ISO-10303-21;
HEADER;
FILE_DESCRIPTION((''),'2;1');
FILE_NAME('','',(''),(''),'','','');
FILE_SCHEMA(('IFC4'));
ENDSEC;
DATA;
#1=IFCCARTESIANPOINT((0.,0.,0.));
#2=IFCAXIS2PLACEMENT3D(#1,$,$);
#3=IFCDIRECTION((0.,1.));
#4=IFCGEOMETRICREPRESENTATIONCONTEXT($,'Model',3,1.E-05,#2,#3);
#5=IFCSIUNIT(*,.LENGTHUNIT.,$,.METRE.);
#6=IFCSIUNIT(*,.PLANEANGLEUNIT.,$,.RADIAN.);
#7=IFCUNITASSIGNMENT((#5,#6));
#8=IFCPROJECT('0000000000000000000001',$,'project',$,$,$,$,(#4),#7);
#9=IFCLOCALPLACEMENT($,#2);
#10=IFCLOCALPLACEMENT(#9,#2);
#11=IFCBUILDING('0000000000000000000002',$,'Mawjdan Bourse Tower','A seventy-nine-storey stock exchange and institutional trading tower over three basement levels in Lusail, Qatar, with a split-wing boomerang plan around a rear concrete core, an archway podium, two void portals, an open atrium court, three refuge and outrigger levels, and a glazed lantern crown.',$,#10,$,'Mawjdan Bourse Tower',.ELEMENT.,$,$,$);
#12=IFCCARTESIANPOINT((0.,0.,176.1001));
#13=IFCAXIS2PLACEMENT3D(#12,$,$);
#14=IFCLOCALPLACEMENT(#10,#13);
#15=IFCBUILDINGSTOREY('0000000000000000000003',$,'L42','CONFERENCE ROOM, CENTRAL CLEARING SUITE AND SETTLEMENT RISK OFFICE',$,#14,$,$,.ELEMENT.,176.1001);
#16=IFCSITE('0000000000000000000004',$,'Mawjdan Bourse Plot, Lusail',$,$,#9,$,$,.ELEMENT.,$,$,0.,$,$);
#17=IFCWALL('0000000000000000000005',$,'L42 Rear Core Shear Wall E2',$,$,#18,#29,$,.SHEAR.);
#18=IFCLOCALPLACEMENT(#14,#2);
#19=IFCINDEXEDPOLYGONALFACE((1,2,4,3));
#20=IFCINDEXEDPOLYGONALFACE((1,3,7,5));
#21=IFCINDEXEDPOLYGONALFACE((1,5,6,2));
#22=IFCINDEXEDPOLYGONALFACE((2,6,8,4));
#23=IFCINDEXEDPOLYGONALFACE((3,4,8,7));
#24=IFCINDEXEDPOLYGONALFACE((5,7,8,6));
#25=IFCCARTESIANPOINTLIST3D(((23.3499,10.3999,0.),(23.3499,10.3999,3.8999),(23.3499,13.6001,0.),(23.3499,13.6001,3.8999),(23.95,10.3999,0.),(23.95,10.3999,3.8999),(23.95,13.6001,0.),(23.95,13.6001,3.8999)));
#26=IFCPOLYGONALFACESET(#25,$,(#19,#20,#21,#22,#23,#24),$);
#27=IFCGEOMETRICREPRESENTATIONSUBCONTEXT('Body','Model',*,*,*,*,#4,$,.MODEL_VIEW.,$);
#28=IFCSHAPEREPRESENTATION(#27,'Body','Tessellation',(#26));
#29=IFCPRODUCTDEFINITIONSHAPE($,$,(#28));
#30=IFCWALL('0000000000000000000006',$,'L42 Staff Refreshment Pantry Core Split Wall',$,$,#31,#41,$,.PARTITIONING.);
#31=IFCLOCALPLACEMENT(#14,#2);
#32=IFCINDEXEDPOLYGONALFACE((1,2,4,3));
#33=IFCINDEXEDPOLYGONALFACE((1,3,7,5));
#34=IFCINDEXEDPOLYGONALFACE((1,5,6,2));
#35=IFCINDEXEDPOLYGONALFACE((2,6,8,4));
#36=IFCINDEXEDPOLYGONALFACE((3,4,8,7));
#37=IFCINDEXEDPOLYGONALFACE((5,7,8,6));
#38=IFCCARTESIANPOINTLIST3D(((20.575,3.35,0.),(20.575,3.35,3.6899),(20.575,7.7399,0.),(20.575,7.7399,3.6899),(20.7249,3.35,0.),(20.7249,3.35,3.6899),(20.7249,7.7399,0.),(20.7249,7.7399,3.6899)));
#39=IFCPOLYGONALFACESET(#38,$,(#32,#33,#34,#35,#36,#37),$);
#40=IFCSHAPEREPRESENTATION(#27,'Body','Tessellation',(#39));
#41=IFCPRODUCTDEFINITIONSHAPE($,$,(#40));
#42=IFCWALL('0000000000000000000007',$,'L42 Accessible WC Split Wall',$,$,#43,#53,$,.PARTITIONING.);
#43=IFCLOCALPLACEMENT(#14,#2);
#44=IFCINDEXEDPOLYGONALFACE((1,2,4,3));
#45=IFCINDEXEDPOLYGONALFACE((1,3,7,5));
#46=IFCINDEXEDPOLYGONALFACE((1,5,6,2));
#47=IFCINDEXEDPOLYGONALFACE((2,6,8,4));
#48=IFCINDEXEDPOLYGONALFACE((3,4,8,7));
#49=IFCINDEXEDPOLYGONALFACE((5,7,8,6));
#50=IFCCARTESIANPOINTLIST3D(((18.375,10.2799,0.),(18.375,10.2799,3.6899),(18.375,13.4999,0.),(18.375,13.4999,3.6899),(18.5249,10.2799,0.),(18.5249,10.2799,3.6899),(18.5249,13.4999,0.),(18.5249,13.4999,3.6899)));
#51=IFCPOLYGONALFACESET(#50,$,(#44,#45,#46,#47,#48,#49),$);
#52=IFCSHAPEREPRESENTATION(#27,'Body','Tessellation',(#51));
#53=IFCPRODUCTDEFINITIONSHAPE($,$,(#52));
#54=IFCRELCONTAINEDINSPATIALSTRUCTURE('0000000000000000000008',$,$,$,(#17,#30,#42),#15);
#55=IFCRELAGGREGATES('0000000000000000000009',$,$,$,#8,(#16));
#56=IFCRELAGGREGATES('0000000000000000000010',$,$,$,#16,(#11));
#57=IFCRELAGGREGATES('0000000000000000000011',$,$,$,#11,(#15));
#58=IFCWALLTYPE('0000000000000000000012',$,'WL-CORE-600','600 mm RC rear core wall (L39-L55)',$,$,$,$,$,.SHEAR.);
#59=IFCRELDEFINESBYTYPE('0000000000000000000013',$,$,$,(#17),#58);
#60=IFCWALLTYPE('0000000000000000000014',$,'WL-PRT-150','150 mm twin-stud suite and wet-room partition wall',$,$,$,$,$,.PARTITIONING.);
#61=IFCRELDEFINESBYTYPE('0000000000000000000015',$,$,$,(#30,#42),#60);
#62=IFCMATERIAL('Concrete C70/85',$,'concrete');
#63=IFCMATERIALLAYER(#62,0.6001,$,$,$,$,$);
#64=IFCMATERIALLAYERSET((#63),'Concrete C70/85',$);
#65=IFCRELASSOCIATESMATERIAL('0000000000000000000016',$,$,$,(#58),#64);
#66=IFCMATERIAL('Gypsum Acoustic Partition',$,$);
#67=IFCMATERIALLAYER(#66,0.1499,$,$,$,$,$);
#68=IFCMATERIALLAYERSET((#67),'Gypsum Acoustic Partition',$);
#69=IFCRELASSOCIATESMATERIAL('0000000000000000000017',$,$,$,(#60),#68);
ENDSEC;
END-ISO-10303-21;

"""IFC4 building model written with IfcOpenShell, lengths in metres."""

from ifc_helpers import new_model, si_unit, direction, frame, frame_2d, origin, place, context, subcontext, project, spatial, rectangle, extrude, material, layer, layer_set, type_object, element, save


model = new_model("IFC4")

# Units and contexts
model_context = context("Model", 3, precision=1e-05, world=origin(), true_north=direction((0.0, 1.0)))
body_context = subcontext(model_context, "Body", "Model", "MODEL_VIEW")
ifc_project = project(units=[si_unit("LENGTHUNIT", "METRE"), si_unit("PLANEANGLEUNIT", "RADIAN")], contexts=[model_context])

# Site, building, storey
site_placement = place(None, origin())
site = spatial("IfcSite", under=ifc_project, at=site_placement, Name="Mawjdan Bourse Plot, Lusail", CompositionType="ELEMENT", RefElevation=0.0)
building_placement = place(site_placement, origin())
building = spatial("IfcBuilding", under=site, at=building_placement, Name="Mawjdan Bourse Tower", Description="A seventy-nine-storey stock exchange and institutional trading tower over three basement levels in Lusail, Qatar, with a split-wing boomerang plan around a rear concrete core, an archway podium, two void portals, an open atrium court, three refuge and outrigger levels, and a glazed lantern crown.", LongName="Mawjdan Bourse Tower", CompositionType="ELEMENT")
storey_placement = place(building_placement, frame((0.0, 0.0, 176.1001)))
storey = spatial("IfcBuildingStorey", under=building, at=storey_placement, Name="L42", Description="CONFERENCE ROOM, CENTRAL CLEARING SUITE AND SETTLEMENT RISK OFFICE", CompositionType="ELEMENT", Elevation=176.1001)

# Shared definitions
ifc_material_1 = material(Name="Concrete C70/85", Category="concrete")

# Walls
ifc_layer_1 = layer(ifc_material_1, 0.6001)
ifc_layer_set_1 = layer_set([ifc_layer_1], Name="Concrete C70/85")
wall_type_1 = type_object("IfcWallType", Name="WL-CORE-600", Description="600 mm RC rear core wall (L39-L55)", PredefinedType="SHEAR", material=ifc_layer_set_1)
wall_1_placement = place(storey_placement, frame((23.6499, 10.3999, 0.0), z_axis=(0.0, 0.0, 1.0), x_axis=(0.0, 1.0, 0.0)))
element("IfcWall", 1, at=wall_1_placement, inside=storey, type_object=wall_type_1, Name="L42 Rear Core Shear Wall E2", PredefinedType="SHEAR", context=body_context, shape_type="SweptSolid", body=[
    extrude(rectangle(XDim=3.2002, YDim=0.6001, at=frame_2d((1.6001, 0.0))), origin(), (0.0, 0.0, 1.0), 3.8999),
])
ifc_material_2 = material(Name="Gypsum Acoustic Partition")
ifc_layer_2 = layer(ifc_material_2, 0.1499)
ifc_layer_set_2 = layer_set([ifc_layer_2], Name="Gypsum Acoustic Partition")
wall_type_2 = type_object("IfcWallType", Name="WL-PRT-150", Description="150 mm twin-stud suite and wet-room partition wall", PredefinedType="PARTITIONING", material=ifc_layer_set_2)
wall_2_placement = place(storey_placement, frame((20.6499, 3.3501, 0.0), z_axis=(0.0, 0.0, 1.0), x_axis=(0.0, 1.0, 0.0)))
element("IfcWall", 2, at=wall_2_placement, inside=storey, type_object=wall_type_2, Name="L42 Staff Refreshment Pantry Core Split Wall", PredefinedType="PARTITIONING", context=body_context, shape_type="SweptSolid", body=[
    extrude(rectangle(XDim=4.3899, YDim=0.1499, at=frame_2d((2.1948, 0.0))), origin(), (0.0, 0.0, 1.0), 3.6899),
])
wall_3_placement = place(storey_placement, frame((18.45, 10.28, 0.0), z_axis=(0.0, 0.0, 1.0), x_axis=(0.0, 1.0, 0.0)))
element("IfcWall", 3, at=wall_3_placement, inside=storey, type_object=wall_type_2, Name="L42 Accessible WC Split Wall", PredefinedType="PARTITIONING", context=body_context, shape_type="SweptSolid", body=[
    extrude(rectangle(XDim=3.22, YDim=0.1499, at=frame_2d((1.6099, 0.0))), origin(), (0.0, 0.0, 1.0), 3.6899),
])

save(model, "model.ifc")
